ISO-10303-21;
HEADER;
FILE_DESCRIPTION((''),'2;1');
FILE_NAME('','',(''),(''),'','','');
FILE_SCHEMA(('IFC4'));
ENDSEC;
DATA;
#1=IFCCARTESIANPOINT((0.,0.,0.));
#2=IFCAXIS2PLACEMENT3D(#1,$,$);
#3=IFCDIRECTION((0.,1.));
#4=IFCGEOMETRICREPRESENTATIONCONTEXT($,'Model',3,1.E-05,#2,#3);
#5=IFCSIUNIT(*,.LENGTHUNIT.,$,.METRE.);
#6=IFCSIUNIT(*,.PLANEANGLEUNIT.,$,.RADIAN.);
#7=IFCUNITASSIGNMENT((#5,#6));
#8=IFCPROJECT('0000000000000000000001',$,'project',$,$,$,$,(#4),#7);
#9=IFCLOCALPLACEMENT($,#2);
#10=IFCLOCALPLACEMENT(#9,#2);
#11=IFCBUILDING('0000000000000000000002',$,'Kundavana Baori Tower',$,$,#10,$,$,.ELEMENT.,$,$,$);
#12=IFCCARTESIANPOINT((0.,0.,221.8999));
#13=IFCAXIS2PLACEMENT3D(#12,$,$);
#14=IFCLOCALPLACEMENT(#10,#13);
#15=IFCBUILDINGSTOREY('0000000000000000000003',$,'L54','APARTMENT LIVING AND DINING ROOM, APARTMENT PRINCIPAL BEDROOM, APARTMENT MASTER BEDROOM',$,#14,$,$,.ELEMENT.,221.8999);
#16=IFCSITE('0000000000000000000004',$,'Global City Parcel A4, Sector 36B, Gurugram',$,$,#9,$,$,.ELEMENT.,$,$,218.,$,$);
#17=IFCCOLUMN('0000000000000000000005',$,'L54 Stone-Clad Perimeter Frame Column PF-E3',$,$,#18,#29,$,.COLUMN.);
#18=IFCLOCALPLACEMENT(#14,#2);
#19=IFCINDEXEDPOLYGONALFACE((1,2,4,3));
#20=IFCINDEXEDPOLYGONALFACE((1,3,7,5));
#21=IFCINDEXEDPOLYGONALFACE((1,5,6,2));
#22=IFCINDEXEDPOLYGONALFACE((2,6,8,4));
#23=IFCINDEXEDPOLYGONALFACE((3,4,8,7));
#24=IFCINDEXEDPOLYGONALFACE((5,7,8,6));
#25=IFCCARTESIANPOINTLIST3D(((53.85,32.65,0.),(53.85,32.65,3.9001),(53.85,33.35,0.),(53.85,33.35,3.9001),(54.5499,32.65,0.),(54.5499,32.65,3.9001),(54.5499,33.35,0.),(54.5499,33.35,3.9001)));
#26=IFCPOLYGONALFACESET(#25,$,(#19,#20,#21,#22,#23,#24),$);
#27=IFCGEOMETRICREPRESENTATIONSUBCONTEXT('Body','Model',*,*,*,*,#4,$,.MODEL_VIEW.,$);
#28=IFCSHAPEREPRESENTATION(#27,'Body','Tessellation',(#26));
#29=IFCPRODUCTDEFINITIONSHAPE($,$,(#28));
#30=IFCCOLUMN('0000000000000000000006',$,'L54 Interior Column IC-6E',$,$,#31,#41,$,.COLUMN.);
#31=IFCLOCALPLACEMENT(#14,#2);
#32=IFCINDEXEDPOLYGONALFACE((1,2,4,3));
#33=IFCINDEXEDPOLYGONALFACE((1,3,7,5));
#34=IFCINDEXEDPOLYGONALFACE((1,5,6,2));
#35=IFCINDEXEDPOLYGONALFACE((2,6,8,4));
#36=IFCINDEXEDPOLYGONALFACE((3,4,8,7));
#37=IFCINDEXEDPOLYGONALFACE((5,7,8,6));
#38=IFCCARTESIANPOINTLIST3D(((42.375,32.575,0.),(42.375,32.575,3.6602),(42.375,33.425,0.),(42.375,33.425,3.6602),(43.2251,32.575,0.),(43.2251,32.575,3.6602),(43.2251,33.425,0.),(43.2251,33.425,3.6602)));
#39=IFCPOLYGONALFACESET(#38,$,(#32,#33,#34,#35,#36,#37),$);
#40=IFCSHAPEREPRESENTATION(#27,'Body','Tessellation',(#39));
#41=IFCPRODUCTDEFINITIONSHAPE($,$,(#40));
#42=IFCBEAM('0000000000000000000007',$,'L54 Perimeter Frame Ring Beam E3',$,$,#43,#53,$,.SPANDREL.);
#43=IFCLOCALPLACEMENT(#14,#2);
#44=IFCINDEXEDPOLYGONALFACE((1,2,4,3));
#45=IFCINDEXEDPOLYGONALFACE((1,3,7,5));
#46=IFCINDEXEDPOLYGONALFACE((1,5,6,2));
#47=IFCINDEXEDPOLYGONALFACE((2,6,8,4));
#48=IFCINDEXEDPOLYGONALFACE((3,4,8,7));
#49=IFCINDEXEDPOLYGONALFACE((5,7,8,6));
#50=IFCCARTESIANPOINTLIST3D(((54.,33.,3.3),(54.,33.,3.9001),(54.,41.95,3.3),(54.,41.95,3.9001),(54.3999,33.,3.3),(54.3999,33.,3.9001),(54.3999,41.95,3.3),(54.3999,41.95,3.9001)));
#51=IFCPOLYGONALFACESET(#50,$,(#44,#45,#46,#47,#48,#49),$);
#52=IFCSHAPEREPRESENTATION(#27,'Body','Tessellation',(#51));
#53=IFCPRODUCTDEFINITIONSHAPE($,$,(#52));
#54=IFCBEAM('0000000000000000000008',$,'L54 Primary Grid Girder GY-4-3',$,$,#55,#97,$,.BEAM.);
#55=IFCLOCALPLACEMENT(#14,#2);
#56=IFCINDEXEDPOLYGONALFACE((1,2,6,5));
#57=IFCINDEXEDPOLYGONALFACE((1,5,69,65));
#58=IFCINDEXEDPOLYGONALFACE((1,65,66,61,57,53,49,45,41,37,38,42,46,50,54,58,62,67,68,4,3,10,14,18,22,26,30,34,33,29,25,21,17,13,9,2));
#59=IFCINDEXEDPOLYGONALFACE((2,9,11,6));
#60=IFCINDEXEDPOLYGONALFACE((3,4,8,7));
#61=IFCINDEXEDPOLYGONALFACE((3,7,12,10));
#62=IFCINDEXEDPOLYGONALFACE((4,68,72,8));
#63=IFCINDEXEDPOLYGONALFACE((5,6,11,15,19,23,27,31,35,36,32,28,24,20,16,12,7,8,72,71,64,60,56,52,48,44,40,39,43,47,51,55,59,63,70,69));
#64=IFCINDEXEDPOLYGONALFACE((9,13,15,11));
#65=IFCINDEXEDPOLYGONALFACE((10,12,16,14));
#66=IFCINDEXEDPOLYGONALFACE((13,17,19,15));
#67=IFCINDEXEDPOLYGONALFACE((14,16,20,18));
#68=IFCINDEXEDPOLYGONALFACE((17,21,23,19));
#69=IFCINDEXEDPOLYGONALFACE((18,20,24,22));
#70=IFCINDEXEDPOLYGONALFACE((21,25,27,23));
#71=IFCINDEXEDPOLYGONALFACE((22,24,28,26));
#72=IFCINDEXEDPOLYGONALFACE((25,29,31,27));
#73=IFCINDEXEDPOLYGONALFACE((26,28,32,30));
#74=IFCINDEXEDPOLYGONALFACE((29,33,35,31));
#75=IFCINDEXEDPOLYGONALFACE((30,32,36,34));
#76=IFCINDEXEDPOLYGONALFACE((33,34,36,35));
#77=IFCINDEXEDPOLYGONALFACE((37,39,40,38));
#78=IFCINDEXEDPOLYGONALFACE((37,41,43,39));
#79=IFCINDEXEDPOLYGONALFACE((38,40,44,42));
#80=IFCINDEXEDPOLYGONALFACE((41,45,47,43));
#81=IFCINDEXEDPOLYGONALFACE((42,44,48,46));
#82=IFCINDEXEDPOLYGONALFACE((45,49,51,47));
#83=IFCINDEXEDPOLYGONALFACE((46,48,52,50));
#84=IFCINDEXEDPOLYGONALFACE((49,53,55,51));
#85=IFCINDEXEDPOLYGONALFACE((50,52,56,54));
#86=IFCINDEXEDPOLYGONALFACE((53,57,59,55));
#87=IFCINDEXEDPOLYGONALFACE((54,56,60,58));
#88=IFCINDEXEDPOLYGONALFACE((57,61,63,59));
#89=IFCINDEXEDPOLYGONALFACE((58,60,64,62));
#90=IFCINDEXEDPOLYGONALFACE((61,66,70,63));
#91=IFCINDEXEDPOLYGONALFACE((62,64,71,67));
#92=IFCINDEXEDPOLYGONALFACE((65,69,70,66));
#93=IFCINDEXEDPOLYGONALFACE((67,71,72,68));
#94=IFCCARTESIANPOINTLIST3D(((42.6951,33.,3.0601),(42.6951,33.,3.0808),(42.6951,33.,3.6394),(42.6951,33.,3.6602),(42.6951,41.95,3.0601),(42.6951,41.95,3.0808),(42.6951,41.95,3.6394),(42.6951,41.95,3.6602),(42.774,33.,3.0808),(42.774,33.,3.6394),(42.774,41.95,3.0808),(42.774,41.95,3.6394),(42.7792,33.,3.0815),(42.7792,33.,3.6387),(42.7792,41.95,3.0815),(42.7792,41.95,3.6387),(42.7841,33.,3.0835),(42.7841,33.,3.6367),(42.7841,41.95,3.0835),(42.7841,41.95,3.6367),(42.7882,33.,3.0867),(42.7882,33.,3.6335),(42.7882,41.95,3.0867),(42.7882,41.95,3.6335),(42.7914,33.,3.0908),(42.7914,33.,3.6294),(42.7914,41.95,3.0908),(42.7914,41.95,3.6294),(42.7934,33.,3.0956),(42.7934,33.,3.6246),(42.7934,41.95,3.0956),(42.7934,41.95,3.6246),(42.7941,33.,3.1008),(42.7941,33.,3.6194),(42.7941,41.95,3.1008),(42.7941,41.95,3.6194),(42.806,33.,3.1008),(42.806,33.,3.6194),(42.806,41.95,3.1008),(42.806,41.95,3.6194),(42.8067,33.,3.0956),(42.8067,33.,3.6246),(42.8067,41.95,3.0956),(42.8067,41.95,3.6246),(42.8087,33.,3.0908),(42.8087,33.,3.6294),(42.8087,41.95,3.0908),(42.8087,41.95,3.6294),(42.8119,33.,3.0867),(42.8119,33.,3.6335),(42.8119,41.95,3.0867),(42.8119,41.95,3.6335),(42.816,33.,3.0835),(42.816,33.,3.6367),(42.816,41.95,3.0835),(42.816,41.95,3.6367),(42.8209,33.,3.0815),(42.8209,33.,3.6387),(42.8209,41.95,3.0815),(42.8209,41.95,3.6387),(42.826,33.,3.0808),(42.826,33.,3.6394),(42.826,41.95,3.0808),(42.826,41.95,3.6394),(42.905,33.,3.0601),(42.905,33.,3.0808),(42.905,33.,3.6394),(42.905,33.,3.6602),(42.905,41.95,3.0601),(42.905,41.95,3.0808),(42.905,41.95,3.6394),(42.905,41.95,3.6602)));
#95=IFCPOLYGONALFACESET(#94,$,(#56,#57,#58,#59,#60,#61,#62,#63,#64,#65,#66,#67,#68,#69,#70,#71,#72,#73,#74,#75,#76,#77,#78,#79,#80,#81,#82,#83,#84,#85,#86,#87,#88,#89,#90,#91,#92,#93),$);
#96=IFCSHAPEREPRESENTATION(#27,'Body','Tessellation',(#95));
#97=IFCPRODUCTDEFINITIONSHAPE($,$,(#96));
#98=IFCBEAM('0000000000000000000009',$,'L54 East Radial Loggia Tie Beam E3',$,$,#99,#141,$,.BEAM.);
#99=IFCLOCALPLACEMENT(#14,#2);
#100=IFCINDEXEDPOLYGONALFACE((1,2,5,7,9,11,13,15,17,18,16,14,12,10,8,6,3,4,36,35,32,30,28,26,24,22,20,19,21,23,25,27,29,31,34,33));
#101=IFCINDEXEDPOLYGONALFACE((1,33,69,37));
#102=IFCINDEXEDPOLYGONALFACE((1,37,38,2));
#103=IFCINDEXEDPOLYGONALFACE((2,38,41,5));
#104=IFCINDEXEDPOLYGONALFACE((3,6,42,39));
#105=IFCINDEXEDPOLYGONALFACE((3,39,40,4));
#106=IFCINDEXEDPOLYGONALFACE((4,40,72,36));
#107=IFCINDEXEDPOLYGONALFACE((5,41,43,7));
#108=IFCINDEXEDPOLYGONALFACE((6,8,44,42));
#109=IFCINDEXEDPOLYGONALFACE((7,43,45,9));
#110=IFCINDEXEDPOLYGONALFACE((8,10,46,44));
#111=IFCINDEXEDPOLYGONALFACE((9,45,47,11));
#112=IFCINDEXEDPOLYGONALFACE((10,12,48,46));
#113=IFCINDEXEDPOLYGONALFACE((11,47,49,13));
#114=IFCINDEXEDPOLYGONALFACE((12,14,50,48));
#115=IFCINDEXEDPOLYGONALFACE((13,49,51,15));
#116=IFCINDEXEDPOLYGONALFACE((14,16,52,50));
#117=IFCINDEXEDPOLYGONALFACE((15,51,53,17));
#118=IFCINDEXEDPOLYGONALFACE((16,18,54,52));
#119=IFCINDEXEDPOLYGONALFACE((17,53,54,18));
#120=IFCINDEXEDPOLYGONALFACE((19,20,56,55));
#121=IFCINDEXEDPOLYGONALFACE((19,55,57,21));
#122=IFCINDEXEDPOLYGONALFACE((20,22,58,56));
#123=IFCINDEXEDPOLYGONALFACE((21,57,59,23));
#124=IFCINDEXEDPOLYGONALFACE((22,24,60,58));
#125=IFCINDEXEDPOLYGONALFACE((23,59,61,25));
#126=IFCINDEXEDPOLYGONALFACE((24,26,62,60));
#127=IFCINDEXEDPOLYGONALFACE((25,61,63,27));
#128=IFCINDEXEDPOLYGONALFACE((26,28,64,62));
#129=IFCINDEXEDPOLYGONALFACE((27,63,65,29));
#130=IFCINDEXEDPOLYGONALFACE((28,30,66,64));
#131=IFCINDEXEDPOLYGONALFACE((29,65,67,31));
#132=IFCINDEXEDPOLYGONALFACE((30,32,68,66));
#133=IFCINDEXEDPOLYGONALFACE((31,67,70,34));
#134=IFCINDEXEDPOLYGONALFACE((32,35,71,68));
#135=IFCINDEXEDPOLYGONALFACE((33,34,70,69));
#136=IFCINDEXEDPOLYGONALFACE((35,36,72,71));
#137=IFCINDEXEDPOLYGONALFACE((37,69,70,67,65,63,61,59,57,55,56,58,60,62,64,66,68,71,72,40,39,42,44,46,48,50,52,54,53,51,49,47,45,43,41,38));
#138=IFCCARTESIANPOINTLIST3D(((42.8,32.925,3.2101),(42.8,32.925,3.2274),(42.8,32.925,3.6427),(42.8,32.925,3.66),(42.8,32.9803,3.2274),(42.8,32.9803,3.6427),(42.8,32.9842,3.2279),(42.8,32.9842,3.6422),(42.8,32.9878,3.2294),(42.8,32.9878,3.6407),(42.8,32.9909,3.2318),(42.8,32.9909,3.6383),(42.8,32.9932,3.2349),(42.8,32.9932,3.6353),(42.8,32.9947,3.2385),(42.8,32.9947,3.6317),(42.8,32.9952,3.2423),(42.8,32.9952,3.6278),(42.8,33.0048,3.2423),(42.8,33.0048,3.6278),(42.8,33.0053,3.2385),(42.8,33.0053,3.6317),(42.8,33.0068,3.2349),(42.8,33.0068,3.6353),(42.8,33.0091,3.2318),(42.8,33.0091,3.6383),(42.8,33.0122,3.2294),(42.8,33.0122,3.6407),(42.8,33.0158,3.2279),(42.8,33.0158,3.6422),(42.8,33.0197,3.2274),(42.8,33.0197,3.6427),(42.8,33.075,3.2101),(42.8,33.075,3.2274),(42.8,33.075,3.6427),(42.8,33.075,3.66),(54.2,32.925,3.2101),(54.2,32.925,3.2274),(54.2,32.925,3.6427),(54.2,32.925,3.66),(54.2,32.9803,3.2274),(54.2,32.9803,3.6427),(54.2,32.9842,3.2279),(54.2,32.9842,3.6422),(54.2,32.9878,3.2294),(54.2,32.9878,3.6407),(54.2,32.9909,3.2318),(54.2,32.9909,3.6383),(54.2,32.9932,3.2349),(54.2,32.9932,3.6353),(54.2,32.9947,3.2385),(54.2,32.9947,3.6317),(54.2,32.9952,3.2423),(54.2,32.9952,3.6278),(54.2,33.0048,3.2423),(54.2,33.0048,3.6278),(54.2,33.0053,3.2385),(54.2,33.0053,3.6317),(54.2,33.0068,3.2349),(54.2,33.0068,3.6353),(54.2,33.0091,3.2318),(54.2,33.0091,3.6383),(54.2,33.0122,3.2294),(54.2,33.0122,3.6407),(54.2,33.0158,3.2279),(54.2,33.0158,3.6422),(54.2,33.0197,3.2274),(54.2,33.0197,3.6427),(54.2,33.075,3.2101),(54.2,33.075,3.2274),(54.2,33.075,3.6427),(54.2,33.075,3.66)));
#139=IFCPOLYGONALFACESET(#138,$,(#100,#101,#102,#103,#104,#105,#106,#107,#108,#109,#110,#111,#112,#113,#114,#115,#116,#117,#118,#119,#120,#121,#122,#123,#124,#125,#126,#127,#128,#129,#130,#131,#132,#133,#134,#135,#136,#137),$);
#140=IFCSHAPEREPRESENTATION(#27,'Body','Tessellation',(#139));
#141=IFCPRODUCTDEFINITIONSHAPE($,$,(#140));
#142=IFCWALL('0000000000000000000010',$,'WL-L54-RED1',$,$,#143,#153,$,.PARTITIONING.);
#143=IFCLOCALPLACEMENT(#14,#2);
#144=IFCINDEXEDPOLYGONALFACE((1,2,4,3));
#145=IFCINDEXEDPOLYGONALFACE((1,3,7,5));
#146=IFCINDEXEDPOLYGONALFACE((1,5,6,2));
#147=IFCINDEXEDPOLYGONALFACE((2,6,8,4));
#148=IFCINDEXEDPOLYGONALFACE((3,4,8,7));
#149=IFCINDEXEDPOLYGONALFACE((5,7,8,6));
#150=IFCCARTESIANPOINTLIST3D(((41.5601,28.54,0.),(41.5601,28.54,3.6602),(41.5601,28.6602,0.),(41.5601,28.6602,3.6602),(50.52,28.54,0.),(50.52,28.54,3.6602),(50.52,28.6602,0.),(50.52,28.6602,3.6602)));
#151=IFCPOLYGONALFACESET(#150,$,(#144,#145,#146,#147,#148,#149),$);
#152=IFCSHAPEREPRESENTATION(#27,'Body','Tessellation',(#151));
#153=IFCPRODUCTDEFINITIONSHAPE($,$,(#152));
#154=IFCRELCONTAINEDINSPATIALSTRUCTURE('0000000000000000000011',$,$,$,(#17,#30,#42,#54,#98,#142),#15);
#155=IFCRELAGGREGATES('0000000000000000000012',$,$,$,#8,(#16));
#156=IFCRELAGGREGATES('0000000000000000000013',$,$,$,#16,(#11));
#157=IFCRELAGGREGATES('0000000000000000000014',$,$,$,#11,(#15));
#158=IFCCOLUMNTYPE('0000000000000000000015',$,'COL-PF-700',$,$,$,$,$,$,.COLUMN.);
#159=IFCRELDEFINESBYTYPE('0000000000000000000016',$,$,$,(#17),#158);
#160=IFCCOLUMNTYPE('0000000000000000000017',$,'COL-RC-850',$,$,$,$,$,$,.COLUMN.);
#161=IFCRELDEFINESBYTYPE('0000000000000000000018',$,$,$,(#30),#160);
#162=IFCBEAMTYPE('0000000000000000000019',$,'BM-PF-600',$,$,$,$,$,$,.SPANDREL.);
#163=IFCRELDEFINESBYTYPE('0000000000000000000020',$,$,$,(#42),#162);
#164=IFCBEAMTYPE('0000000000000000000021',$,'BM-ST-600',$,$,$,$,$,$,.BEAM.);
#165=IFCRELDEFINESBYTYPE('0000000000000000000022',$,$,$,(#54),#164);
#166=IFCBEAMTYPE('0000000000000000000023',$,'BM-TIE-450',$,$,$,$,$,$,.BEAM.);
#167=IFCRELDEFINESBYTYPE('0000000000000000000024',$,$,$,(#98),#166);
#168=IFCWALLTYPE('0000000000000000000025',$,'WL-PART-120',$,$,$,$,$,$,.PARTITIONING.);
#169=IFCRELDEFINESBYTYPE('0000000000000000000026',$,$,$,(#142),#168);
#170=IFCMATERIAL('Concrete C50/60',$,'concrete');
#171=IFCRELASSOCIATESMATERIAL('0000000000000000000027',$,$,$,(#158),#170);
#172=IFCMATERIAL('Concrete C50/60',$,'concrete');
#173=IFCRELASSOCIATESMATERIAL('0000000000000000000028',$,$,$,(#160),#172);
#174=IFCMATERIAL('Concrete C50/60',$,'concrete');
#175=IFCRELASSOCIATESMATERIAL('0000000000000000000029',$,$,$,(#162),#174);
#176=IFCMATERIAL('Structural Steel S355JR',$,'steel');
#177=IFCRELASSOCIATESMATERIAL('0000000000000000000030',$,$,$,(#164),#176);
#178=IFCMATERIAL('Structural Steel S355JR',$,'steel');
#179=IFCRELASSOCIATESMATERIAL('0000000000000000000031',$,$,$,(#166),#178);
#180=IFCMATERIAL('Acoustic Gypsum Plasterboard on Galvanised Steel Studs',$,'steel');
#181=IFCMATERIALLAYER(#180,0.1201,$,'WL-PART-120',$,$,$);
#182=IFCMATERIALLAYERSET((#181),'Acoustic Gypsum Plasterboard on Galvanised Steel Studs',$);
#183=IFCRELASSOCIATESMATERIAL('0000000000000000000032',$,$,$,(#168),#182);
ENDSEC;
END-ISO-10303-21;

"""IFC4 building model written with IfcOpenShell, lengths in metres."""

from ifc_helpers import new_model, si_unit, direction, frame, frame_2d, origin, origin_2d, place, context, subcontext, project, spatial, rectangle, i_section, extrude, material, layer, layer_set, material_profile, profile_set, type_object, element, save


model = new_model("IFC4")

# Units and contexts
model_context = context("Model", 3, precision=1e-05, world=origin(), true_north=direction((0.0, 1.0)))
body_context = subcontext(model_context, "Body", "Model", "MODEL_VIEW")
ifc_project = project(units=[si_unit("LENGTHUNIT", "METRE"), si_unit("PLANEANGLEUNIT", "RADIAN")], contexts=[model_context])

# Site, building, storey
site_placement = place(None, origin())
site = spatial("IfcSite", under=ifc_project, at=site_placement, Name="Global City Parcel A4, Sector 36B, Gurugram", CompositionType="ELEMENT", RefElevation=218.0)
building_placement = place(site_placement, origin())
building = spatial("IfcBuilding", under=site, at=building_placement, Name="Kundavana Baori Tower", CompositionType="ELEMENT")
storey_placement = place(building_placement, frame((0.0, 0.0, 221.8999)))
storey = spatial("IfcBuildingStorey", under=building, at=storey_placement, Name="L54", Description="APARTMENT LIVING AND DINING ROOM, APARTMENT PRINCIPAL BEDROOM, APARTMENT MASTER BEDROOM", CompositionType="ELEMENT", Elevation=221.8999)

# Columns
ifc_material_1 = material(Name="Concrete C50/60", Category="concrete")
ifc_material_profile_1 = material_profile(ifc_material_1, rectangle(XDim=0.7, YDim=0.7, at=origin_2d()), Name="RC PF 700x700")
ifc_profile_set_1 = profile_set([ifc_material_profile_1], Name="Concrete C50/60")
column_type_1 = type_object("IfcColumnType", Name="COL-PF-700", PredefinedType="COLUMN", material=ifc_profile_set_1)
column_1_placement = place(storey_placement, frame((54.2, 33.0, 0.0), z_axis=(0.0, 0.0, 1.0), x_axis=(1.0, 0.0, 0.0)))
element("IfcColumn", 1, at=column_1_placement, inside=storey, type_object=column_type_1, Name="L54 Stone-Clad Perimeter Frame Column PF-E3", PredefinedType="COLUMN", context=body_context, shape_type="SweptSolid", body=[
    extrude(rectangle(XDim=0.7, YDim=0.7, at=origin_2d()), origin(), (0.0, 0.0, 1.0), 3.9001),
])
ifc_material_2 = material(Name="Concrete C50/60", Category="concrete")
ifc_material_profile_2 = material_profile(ifc_material_2, rectangle(XDim=0.8501, YDim=0.8501, at=origin_2d()), Name="RC 850x850")
ifc_profile_set_2 = profile_set([ifc_material_profile_2], Name="Concrete C50/60")
column_type_2 = type_object("IfcColumnType", Name="COL-RC-850", PredefinedType="COLUMN", material=ifc_profile_set_2)
column_2_placement = place(storey_placement, frame((42.8, 33.0, 0.0), z_axis=(0.0, 0.0, 1.0), x_axis=(1.0, 0.0, 0.0)))
element("IfcColumn", 2, at=column_2_placement, inside=storey, type_object=column_type_2, Name="L54 Interior Column IC-6E", PredefinedType="COLUMN", context=body_context, shape_type="SweptSolid", body=[
    extrude(rectangle(XDim=0.8501, YDim=0.8501, at=origin_2d()), origin(), (0.0, 0.0, 1.0), 3.6602),
])

# Beams
ifc_material_3 = material(Name="Concrete C50/60", Category="concrete")
ifc_material_profile_3 = material_profile(ifc_material_3, rectangle(XDim=0.3999, YDim=0.6001, at=origin_2d()), Name="RC BM 400x600")
ifc_profile_set_3 = profile_set([ifc_material_profile_3], Name="Concrete C50/60")
beam_type_1 = type_object("IfcBeamType", Name="BM-PF-600", PredefinedType="SPANDREL", material=ifc_profile_set_3)
beam_1_placement = place(storey_placement, frame((54.2, 33.0, 3.6001), z_axis=(0.0, 1.0, 0.0), x_axis=(-1.0, 0.0, 0.0)))
element("IfcBeam", 3, at=beam_1_placement, inside=storey, type_object=beam_type_1, Name="L54 Perimeter Frame Ring Beam E3", PredefinedType="SPANDREL", context=body_context, shape_type="SweptSolid", body=[
    extrude(rectangle(XDim=0.3999, YDim=0.6001, at=origin_2d()), origin(), (0.0, 0.0, 1.0), 8.95),
])
ifc_material_4 = material(Name="Structural Steel S355JR", Category="steel")
ifc_material_profile_4 = material_profile(ifc_material_4, i_section(OverallWidth=0.21, OverallDepth=0.6001, WebThickness=0.012, FlangeThickness=0.0208, FilletRadius=0.02, at=origin_2d()), Name="ISMB 600")
ifc_profile_set_4 = profile_set([ifc_material_profile_4], Name="Structural Steel S355JR")
beam_type_2 = type_object("IfcBeamType", Name="BM-ST-600", PredefinedType="BEAM", material=ifc_profile_set_4)
beam_2_placement = place(storey_placement, frame((42.8, 33.0, 3.3601), z_axis=(0.0, 1.0, 0.0), x_axis=(-1.0, 0.0, 0.0)))
element("IfcBeam", 4, at=beam_2_placement, inside=storey, type_object=beam_type_2, Name="L54 Primary Grid Girder GY-4-3", PredefinedType="BEAM", context=body_context, shape_type="SweptSolid", body=[
    extrude(i_section(OverallWidth=0.21, OverallDepth=0.6001, WebThickness=0.012, FlangeThickness=0.0208, FilletRadius=0.02, at=origin_2d()), origin(), (0.0, 0.0, 1.0), 8.95),
])
ifc_material_5 = material(Name="Structural Steel S355JR", Category="steel")
ifc_material_profile_5 = material_profile(ifc_material_5, i_section(OverallWidth=0.1499, OverallDepth=0.45, WebThickness=0.0095, FlangeThickness=0.0173, FilletRadius=0.0149, at=origin_2d()), Name="ISMB 450")
ifc_profile_set_5 = profile_set([ifc_material_profile_5], Name="Structural Steel S355JR")
beam_type_3 = type_object("IfcBeamType", Name="BM-TIE-450", PredefinedType="BEAM", material=ifc_profile_set_5)
beam_3_placement = place(storey_placement, frame((42.8, 33.0, 3.4351), z_axis=(1.0, 0.0, 0.0), x_axis=(0.0, 1.0, 0.0)))
element("IfcBeam", 5, at=beam_3_placement, inside=storey, type_object=beam_type_3, Name="L54 East Radial Loggia Tie Beam E3", PredefinedType="BEAM", context=body_context, shape_type="SweptSolid", body=[
    extrude(i_section(OverallWidth=0.1499, OverallDepth=0.45, WebThickness=0.0095, FlangeThickness=0.0173, FilletRadius=0.0149, at=origin_2d()), origin(), (0.0, 0.0, 1.0), 11.3999),
])

# Wall
ifc_material_6 = material(Name="Acoustic Gypsum Plasterboard on Galvanised Steel Studs", Category="steel")
ifc_layer_1 = layer(ifc_material_6, 0.1201, Name="WL-PART-120")
ifc_layer_set_1 = layer_set([ifc_layer_1], Name="Acoustic Gypsum Plasterboard on Galvanised Steel Studs")
wall_type_1 = type_object("IfcWallType", Name="WL-PART-120", PredefinedType="PARTITIONING", material=ifc_layer_set_1)
wall_1_placement = place(storey_placement, frame((41.5601, 28.6001, 0.0), z_axis=(0.0, 0.0, 1.0), x_axis=(1.0, 0.0, 0.0)))
element("IfcWall", 6, at=wall_1_placement, inside=storey, type_object=wall_type_1, Name="WL-L54-RED1", PredefinedType="PARTITIONING", context=body_context, shape_type="SweptSolid", body=[
    extrude(rectangle(XDim=8.96, YDim=0.1201, at=frame_2d((4.48, 0.0))), origin(), (0.0, 0.0, 1.0), 3.6602),
])

save(model, "model.ifc")
